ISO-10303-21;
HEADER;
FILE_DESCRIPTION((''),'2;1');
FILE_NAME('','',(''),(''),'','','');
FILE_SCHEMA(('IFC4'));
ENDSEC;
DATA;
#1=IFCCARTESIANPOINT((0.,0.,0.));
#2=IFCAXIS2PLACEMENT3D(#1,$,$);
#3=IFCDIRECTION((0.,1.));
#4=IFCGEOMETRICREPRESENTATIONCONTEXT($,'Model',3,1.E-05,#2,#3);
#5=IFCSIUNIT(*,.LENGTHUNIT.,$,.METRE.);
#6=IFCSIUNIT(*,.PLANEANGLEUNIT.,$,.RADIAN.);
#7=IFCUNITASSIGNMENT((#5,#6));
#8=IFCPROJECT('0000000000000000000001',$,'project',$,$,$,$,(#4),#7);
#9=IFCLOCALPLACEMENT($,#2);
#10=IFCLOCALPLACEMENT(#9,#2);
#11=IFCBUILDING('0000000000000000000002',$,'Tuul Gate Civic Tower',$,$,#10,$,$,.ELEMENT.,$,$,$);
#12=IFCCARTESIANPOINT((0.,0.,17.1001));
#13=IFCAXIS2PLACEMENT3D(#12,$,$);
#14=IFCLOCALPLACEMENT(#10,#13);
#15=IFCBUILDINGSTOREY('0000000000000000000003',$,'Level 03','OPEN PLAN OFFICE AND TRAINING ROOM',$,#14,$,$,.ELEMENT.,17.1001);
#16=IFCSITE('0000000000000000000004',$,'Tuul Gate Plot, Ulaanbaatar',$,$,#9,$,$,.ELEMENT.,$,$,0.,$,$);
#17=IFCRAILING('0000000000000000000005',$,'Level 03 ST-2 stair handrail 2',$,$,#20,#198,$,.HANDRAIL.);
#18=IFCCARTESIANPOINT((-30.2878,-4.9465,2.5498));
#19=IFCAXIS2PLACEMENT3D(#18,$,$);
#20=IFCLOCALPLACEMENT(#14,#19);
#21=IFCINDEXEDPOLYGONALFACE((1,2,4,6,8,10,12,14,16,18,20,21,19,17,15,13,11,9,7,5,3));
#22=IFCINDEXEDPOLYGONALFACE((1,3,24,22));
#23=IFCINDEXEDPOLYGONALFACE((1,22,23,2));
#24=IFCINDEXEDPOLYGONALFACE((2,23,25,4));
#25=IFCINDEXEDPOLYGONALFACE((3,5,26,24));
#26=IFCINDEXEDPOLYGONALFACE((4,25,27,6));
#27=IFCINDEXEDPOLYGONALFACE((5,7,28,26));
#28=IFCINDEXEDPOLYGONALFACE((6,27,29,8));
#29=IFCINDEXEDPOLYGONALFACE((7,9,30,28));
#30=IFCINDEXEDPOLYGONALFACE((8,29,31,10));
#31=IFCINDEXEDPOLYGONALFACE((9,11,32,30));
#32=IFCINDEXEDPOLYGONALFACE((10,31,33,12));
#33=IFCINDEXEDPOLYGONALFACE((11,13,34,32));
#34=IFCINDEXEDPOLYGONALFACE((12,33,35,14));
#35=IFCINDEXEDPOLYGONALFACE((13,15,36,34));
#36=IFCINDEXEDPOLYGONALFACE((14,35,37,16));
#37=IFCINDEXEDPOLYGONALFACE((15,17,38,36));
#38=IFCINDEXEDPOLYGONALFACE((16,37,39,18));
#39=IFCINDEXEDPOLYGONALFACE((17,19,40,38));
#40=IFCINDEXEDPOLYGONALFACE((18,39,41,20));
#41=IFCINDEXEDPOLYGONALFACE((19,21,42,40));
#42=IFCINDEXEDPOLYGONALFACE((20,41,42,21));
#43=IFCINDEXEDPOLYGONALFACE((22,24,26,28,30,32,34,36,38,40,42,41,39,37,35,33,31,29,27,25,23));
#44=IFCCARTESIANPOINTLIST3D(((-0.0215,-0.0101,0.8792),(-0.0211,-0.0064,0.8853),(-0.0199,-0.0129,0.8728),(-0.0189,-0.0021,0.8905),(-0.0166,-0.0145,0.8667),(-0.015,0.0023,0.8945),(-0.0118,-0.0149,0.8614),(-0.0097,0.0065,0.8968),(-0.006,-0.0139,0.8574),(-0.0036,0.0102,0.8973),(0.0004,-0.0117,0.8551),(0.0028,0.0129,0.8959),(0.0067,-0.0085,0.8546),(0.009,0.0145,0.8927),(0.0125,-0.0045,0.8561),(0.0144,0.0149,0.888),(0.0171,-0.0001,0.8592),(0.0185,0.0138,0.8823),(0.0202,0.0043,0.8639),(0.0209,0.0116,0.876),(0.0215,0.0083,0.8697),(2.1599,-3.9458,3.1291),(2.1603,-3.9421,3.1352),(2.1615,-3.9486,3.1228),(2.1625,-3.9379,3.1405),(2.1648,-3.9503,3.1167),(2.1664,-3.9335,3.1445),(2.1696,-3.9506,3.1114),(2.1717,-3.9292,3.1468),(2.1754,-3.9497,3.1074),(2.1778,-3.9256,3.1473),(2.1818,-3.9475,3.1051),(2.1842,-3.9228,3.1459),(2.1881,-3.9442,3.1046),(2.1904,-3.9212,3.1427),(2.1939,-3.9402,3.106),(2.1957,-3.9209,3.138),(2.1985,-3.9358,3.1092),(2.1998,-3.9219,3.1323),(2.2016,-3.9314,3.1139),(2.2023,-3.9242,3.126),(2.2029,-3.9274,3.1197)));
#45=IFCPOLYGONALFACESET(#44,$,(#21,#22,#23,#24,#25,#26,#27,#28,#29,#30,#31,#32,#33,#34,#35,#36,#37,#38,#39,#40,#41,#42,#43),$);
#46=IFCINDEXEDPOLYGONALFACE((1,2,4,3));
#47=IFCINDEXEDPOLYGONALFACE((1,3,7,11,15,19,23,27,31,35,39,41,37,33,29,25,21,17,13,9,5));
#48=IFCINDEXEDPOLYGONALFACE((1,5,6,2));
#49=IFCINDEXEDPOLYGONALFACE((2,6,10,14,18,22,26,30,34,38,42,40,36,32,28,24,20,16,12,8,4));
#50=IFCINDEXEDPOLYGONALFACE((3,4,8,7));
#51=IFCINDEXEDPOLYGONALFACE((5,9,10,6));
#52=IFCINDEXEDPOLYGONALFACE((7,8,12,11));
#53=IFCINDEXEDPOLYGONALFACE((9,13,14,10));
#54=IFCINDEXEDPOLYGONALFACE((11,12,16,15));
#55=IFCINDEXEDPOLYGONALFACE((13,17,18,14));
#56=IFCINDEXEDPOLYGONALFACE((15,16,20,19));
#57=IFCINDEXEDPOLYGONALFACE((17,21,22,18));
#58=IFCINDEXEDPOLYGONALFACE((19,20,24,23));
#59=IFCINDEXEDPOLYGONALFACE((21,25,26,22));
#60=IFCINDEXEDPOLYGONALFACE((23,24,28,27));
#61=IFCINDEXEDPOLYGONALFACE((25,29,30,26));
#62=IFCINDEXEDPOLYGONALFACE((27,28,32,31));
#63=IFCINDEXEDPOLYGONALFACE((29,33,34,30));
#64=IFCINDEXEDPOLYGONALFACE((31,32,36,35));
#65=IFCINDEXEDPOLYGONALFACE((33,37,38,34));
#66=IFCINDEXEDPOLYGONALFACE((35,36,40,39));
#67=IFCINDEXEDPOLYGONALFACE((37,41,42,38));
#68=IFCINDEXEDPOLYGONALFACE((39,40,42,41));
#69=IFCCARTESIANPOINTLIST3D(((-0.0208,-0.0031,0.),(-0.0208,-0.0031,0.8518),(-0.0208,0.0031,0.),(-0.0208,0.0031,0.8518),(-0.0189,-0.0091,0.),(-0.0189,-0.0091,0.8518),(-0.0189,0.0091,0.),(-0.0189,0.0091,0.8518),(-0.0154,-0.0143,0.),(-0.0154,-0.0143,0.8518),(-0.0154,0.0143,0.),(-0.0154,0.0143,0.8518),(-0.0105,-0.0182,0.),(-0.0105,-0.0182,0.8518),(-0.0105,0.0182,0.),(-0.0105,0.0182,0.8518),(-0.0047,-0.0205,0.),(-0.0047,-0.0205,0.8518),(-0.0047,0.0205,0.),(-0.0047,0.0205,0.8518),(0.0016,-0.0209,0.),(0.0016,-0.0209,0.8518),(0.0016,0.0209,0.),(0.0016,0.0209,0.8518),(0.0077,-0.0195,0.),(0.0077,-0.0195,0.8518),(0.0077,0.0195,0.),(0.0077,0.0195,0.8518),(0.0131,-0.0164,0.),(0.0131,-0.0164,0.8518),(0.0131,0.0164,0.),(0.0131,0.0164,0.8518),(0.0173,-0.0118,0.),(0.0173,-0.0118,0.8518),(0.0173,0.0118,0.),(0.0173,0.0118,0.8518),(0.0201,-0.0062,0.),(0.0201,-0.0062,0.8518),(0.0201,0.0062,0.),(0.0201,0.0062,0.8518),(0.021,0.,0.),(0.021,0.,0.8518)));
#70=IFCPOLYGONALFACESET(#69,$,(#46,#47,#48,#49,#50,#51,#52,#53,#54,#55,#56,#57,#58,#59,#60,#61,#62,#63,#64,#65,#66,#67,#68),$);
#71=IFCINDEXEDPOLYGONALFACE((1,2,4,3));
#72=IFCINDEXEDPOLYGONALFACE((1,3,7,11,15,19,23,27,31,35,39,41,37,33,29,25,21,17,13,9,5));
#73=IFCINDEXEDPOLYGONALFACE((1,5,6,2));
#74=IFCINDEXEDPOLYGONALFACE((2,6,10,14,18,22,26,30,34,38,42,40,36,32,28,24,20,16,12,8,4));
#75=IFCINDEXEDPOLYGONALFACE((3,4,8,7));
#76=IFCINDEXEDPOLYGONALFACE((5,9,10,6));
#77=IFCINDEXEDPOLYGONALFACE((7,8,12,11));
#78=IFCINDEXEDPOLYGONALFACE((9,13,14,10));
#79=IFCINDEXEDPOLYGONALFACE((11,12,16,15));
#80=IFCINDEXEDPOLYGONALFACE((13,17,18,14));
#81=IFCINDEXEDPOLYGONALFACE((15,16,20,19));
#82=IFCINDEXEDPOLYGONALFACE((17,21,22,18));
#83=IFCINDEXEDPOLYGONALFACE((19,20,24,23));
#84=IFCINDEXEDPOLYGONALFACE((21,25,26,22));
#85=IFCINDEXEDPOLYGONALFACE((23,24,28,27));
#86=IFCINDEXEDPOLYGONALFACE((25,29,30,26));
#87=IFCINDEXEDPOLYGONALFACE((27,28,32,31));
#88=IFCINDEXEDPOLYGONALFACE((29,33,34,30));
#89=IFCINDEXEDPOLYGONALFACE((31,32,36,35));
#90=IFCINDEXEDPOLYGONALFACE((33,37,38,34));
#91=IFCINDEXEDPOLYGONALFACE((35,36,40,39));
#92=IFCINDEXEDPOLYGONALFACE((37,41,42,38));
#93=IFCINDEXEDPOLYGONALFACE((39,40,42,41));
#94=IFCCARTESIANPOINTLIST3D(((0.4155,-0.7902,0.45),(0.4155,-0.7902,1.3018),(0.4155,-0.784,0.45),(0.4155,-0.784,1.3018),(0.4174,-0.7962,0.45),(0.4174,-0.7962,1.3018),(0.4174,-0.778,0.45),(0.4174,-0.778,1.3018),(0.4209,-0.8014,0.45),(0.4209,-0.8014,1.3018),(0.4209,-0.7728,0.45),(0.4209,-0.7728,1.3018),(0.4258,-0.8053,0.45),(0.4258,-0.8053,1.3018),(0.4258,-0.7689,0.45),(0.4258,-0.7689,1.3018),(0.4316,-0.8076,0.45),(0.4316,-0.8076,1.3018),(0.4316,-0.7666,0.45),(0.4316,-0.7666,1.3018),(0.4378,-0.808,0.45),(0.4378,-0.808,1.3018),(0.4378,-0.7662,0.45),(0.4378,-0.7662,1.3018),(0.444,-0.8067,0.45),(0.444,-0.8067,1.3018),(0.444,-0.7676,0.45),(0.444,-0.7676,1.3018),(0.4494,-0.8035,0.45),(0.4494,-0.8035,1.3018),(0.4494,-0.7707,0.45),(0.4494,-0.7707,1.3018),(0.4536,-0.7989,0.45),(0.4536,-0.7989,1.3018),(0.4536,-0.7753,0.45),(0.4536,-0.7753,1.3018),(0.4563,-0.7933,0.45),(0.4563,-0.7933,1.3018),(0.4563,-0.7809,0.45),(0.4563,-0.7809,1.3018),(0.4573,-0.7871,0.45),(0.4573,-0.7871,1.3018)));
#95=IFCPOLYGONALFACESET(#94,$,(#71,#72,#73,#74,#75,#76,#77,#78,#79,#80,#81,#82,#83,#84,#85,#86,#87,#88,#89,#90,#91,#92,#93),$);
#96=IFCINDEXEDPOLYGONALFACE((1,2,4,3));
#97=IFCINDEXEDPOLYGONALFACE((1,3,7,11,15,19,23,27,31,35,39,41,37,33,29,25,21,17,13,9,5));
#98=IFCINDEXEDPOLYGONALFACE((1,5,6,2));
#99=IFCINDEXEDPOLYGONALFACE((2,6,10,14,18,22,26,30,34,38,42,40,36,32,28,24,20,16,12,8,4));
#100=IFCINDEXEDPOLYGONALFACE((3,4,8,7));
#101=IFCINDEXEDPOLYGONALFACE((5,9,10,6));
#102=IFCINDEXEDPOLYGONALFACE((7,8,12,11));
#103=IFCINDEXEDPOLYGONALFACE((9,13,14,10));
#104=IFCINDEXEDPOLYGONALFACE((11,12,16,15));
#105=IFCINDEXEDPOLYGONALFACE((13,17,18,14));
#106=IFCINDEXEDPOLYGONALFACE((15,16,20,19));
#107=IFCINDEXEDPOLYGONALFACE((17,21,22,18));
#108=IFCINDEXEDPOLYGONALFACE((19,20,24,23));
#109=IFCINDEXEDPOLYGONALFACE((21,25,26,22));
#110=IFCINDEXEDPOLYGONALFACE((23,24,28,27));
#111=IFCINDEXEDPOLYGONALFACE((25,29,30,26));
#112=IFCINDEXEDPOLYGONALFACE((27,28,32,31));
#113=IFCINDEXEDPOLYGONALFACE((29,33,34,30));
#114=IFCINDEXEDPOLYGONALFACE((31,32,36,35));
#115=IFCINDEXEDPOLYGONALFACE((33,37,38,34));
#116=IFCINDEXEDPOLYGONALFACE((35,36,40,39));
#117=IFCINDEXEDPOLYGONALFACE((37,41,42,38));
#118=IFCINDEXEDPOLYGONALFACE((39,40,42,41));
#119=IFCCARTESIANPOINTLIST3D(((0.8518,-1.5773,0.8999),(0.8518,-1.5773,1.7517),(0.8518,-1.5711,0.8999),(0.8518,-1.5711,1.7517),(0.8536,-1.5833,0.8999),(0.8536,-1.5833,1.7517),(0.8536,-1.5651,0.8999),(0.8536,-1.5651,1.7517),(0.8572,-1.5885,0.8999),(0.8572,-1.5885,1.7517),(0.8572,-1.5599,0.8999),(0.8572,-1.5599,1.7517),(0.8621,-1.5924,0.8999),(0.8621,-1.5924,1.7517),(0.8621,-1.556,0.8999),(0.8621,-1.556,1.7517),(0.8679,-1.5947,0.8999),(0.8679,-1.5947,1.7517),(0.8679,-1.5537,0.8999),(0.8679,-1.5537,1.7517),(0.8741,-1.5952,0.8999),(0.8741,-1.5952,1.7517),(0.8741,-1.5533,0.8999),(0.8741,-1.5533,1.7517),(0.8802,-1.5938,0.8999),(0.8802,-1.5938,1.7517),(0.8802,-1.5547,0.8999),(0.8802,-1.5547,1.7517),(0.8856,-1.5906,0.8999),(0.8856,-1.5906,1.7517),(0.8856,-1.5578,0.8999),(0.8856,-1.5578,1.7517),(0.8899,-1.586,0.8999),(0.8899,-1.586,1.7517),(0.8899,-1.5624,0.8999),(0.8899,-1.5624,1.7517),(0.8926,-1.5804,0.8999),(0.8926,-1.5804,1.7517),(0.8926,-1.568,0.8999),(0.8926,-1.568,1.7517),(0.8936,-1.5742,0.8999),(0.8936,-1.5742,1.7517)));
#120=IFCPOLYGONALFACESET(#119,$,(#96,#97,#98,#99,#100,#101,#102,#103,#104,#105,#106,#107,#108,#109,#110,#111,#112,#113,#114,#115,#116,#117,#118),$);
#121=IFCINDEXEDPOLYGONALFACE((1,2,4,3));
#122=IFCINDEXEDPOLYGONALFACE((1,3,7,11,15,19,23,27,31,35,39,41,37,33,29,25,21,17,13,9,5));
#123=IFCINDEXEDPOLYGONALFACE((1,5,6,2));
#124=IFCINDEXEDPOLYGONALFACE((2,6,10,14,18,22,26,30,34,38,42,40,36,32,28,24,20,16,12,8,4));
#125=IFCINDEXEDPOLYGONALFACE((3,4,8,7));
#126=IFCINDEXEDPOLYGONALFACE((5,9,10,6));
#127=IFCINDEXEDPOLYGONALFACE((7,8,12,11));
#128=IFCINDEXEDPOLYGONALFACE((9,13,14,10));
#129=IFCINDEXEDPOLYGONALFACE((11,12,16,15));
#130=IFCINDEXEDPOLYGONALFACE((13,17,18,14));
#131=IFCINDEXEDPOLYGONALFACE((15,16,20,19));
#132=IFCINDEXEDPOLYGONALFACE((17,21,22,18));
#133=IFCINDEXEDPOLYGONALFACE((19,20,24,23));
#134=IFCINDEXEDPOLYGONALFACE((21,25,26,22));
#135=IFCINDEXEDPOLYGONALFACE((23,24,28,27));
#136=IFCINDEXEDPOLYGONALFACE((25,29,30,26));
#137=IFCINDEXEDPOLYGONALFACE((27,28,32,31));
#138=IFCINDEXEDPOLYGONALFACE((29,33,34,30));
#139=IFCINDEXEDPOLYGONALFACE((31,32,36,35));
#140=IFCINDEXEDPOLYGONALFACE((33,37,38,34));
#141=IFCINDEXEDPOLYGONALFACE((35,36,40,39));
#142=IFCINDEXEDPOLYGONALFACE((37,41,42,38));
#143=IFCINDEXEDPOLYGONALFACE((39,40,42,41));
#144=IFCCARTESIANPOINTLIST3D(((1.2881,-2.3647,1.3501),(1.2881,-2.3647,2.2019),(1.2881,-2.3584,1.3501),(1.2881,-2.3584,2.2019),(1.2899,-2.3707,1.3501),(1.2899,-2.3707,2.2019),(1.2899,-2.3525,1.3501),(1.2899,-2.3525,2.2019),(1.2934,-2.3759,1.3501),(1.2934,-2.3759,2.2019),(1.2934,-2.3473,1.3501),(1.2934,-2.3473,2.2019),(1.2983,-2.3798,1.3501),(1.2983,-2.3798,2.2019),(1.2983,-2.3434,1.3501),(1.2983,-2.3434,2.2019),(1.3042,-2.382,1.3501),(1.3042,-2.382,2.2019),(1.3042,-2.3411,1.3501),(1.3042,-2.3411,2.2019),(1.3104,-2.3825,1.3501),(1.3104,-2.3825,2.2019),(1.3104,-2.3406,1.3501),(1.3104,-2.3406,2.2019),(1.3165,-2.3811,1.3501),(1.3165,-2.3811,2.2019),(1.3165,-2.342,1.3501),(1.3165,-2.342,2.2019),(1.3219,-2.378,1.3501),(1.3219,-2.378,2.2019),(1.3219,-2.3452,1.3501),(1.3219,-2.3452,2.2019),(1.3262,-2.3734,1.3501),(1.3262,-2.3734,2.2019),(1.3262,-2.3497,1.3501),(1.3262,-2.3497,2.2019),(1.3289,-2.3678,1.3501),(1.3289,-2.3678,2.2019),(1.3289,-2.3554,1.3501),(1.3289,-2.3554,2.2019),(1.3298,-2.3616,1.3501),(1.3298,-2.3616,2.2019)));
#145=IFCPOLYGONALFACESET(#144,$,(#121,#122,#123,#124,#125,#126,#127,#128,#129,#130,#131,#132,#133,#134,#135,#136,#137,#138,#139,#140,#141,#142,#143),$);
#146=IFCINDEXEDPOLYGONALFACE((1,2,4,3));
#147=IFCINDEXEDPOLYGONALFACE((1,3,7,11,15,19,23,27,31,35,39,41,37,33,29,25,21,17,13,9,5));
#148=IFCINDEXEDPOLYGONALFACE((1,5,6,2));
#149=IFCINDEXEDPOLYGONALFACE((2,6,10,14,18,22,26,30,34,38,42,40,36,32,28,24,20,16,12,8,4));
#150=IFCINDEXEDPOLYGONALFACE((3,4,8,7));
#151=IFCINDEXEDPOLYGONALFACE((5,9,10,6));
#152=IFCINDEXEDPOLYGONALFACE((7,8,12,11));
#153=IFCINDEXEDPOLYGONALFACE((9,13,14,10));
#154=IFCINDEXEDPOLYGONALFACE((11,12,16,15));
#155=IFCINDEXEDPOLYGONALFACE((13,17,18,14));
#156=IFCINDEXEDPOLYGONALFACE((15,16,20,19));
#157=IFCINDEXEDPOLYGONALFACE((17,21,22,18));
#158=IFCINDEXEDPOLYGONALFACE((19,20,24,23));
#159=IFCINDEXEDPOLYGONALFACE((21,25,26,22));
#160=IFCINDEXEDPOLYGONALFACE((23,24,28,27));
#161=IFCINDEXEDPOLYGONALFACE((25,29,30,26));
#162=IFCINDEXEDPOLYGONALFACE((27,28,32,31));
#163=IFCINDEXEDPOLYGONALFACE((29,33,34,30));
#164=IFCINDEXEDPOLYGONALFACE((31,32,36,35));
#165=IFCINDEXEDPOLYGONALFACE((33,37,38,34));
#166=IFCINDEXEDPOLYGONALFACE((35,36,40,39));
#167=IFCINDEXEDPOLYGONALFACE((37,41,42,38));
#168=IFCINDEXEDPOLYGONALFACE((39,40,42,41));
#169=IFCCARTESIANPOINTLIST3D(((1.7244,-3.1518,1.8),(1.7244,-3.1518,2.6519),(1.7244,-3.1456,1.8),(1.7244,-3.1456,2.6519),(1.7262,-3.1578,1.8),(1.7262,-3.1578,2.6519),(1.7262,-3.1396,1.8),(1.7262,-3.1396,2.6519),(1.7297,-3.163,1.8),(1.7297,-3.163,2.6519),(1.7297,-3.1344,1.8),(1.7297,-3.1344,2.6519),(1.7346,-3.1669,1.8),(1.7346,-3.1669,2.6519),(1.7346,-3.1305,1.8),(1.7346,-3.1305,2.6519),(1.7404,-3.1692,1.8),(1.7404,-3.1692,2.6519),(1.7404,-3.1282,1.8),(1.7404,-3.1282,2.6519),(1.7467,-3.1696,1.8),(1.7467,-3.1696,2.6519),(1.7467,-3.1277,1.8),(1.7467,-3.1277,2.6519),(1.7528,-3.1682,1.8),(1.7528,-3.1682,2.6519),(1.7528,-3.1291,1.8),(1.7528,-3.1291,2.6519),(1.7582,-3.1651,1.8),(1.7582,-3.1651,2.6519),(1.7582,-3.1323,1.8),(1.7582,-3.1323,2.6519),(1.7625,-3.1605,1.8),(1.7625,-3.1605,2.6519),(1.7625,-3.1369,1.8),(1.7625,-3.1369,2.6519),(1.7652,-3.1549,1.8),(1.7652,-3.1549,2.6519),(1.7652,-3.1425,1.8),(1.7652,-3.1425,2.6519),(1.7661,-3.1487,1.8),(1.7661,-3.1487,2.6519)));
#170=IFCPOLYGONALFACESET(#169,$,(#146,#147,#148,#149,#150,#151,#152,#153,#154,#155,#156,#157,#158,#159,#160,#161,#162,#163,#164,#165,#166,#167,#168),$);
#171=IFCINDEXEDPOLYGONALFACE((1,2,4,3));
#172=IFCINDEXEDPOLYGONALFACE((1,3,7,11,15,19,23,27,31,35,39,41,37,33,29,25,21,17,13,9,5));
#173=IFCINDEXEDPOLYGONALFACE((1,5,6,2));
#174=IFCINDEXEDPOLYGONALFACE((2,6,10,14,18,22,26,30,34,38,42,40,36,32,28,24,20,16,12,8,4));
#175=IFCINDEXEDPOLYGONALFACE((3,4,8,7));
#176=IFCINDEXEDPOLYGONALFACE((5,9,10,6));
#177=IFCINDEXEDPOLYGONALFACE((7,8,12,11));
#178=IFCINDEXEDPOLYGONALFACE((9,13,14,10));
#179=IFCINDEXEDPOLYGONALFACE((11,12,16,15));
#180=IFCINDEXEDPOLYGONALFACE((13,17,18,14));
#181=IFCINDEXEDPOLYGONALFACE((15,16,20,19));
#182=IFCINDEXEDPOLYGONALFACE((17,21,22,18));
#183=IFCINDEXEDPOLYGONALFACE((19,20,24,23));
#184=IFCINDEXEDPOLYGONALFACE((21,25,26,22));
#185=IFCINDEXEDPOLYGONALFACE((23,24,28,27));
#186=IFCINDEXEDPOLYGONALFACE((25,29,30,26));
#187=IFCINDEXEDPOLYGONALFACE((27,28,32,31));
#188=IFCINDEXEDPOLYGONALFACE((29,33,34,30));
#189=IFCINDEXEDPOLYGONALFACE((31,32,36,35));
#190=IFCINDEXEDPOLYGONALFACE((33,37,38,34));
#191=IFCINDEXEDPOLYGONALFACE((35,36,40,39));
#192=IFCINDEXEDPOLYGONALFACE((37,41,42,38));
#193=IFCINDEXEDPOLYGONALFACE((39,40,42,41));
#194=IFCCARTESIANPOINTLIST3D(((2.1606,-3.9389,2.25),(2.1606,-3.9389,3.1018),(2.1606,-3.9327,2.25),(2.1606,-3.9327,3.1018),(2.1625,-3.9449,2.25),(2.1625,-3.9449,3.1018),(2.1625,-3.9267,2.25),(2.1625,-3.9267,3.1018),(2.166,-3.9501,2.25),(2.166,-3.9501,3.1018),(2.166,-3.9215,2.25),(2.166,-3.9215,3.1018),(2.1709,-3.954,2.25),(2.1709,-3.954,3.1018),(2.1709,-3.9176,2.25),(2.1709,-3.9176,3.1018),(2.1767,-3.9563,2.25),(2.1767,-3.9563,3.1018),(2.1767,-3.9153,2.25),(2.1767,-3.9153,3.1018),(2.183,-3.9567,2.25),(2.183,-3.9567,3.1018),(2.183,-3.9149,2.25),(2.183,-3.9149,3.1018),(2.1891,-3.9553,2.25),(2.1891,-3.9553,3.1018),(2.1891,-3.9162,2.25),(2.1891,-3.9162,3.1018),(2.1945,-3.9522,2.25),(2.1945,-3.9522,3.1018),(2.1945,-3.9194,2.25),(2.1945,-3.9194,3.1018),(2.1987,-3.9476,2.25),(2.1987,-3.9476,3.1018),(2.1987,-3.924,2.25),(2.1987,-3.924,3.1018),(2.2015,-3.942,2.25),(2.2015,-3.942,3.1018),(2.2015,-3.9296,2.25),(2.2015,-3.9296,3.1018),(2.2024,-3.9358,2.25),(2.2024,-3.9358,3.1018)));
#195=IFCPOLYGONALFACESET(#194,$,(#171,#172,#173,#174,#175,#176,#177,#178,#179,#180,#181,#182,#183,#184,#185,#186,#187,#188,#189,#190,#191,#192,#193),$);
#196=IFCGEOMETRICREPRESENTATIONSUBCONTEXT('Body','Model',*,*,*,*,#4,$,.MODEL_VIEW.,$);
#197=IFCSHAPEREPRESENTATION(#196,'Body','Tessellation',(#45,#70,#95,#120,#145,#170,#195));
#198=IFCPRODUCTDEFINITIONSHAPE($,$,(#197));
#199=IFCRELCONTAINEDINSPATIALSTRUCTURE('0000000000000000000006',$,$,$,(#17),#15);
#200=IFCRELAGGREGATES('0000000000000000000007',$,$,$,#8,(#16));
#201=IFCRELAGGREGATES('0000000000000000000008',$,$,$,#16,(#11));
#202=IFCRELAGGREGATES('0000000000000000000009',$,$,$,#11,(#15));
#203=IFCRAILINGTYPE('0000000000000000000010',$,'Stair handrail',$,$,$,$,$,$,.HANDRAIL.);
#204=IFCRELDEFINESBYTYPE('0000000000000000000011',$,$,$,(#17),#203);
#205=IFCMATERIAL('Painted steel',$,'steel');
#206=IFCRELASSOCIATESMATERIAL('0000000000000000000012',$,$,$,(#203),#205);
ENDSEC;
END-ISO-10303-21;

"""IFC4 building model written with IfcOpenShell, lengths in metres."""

from ifc_helpers import new_model, si_unit, direction, frame, origin, origin_2d, place, context, subcontext, project, spatial, circle, extrude, material, type_object, element, save


model = new_model("IFC4")

# Units and contexts
model_context = context("Model", 3, precision=1e-05, world=origin(), true_north=direction((0.0, 1.0)))
body_context = subcontext(model_context, "Body", "Model", "MODEL_VIEW")
ifc_project = project(units=[si_unit("LENGTHUNIT", "METRE"), si_unit("PLANEANGLEUNIT", "RADIAN")], contexts=[model_context])

# Site, building, storey
site_placement = place(None, origin())
site = spatial("IfcSite", under=ifc_project, at=site_placement, Name="Tuul Gate Plot, Ulaanbaatar", CompositionType="ELEMENT", RefElevation=0.0)
building_placement = place(site_placement, origin())
building = spatial("IfcBuilding", under=site, at=building_placement, Name="Tuul Gate Civic Tower", CompositionType="ELEMENT")
storey_placement = place(building_placement, frame((0.0, 0.0, 17.1001)))
storey = spatial("IfcBuildingStorey", under=building, at=storey_placement, Name="Level 03", Description="OPEN PLAN OFFICE AND TRAINING ROOM", CompositionType="ELEMENT", Elevation=17.1001)

# Railing
ifc_material_1 = material(Name="Painted steel", Category="steel")
railing_type_1 = type_object("IfcRailingType", Name="Stair handrail", PredefinedType="HANDRAIL", material=ifc_material_1)
railing_1_placement = place(storey_placement, frame((-30.2878, -4.9465, 2.5498)))
element("IfcRailing", 1, at=railing_1_placement, inside=storey, type_object=railing_type_1, Name="Level 03 ST-2 stair handrail 2", PredefinedType="HANDRAIL", context=body_context, shape_type="SweptSolid", body=[
    extrude(circle(Radius=0.0239, at=origin_2d()), frame((0.0, 0.0, 0.876), z_axis=(0.433587, -0.7823, 0.447223), x_axis=(0.874643, 0.484767, 0.0)), (0.0, 0.0, 1.0), 5.031),
    extrude(circle(Radius=0.021, at=origin_2d()), origin(), (0.0, 0.0, 1.0), 0.8518),
    extrude(circle(Radius=0.021, at=origin_2d()), frame((0.4363, -0.7871, 0.45)), (0.0, 0.0, 1.0), 0.8518),
    extrude(circle(Radius=0.021, at=origin_2d()), frame((0.8726, -1.5742, 0.8999)), (0.0, 0.0, 1.0), 0.8518),
    extrude(circle(Radius=0.021, at=origin_2d()), frame((1.3088, -2.3616, 1.3501)), (0.0, 0.0, 1.0), 0.8518),
    extrude(circle(Radius=0.021, at=origin_2d()), frame((1.7451, -3.1487, 1.8)), (0.0, 0.0, 1.0), 0.8518),
    extrude(circle(Radius=0.021, at=origin_2d()), frame((2.1814, -3.9358, 2.25)), (0.0, 0.0, 1.0), 0.8518),
])

save(model, "model.ifc")
